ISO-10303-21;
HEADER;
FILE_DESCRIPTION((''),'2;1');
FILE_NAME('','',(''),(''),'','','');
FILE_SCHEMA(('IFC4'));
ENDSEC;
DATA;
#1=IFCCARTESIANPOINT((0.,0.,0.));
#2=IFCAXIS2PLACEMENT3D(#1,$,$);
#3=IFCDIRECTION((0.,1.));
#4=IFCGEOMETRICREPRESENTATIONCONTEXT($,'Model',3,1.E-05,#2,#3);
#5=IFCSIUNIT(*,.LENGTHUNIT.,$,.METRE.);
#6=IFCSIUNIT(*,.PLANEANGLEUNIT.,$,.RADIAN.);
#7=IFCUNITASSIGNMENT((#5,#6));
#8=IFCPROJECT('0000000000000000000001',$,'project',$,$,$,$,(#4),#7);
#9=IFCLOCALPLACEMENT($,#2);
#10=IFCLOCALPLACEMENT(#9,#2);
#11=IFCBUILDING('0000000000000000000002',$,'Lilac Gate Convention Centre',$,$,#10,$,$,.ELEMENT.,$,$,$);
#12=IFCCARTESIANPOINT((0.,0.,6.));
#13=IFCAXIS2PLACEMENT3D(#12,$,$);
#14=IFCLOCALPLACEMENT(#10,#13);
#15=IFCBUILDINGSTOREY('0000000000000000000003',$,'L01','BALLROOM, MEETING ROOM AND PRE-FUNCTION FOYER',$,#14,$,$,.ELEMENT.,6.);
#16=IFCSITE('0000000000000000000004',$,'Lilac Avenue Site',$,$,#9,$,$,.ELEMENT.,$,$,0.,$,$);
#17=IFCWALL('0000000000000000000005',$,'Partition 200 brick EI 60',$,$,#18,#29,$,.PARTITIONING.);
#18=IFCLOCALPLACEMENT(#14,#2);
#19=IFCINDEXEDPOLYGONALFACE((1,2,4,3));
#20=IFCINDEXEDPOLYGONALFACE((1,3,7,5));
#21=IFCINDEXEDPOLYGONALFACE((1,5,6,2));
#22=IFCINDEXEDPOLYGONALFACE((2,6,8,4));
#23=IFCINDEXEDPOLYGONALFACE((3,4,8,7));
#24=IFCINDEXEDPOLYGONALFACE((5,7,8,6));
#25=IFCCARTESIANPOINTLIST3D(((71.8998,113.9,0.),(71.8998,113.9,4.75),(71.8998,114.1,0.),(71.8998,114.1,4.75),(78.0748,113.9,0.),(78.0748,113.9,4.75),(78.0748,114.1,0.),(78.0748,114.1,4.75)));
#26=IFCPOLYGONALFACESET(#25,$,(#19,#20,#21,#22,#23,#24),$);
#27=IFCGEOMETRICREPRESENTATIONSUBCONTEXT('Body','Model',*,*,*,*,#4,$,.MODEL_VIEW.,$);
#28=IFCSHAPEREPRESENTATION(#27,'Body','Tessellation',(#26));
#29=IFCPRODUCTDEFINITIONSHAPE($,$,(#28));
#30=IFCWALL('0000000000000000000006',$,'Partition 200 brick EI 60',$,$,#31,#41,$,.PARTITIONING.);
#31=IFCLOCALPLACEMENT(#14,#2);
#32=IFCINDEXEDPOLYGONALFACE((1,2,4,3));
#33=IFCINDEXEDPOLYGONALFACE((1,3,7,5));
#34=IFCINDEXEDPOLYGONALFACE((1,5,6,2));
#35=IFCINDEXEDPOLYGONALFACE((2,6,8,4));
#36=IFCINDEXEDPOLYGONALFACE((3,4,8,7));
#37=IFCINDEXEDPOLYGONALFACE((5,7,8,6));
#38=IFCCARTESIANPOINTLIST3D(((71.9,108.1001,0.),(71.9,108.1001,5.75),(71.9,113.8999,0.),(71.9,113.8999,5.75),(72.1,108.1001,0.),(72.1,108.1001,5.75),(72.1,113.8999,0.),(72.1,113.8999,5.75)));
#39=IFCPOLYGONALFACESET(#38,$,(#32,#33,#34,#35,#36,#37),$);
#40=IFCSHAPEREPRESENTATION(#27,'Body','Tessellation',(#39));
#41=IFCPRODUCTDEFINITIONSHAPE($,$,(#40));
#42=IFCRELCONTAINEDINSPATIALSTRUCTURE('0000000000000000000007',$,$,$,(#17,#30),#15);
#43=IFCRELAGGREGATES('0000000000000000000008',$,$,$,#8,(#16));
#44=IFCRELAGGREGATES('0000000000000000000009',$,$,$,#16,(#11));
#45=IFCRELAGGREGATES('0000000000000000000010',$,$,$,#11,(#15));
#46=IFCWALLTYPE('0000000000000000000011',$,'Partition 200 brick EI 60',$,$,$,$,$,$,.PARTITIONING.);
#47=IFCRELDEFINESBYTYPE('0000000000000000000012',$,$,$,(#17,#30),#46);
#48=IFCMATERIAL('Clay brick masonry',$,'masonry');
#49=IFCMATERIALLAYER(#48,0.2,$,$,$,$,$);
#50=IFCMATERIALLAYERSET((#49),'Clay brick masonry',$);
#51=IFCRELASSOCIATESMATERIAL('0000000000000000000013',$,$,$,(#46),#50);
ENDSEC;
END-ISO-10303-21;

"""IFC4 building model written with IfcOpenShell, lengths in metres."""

from ifc_helpers import new_model, si_unit, direction, frame, frame_2d, origin, place, context, subcontext, project, spatial, rectangle, extrude, material, layer, layer_set, type_object, element, save


model = new_model("IFC4")

# Units and contexts
model_context = context("Model", 3, precision=1e-05, world=origin(), true_north=direction((0.0, 1.0)))
body_context = subcontext(model_context, "Body", "Model", "MODEL_VIEW")
ifc_project = project(units=[si_unit("LENGTHUNIT", "METRE"), si_unit("PLANEANGLEUNIT", "RADIAN")], contexts=[model_context])

# Site, building, storey
site_placement = place(None, origin())
site = spatial("IfcSite", under=ifc_project, at=site_placement, Name="Lilac Avenue Site", CompositionType="ELEMENT", RefElevation=0.0)
building_placement = place(site_placement, origin())
building = spatial("IfcBuilding", under=site, at=building_placement, Name="Lilac Gate Convention Centre", CompositionType="ELEMENT")
storey_placement = place(building_placement, frame((0.0, 0.0, 6.0)))
storey = spatial("IfcBuildingStorey", under=building, at=storey_placement, Name="L01", Description="BALLROOM, MEETING ROOM AND PRE-FUNCTION FOYER", CompositionType="ELEMENT", Elevation=6.0)

# Walls
ifc_material_1 = material(Name="Clay brick masonry", Category="masonry")
ifc_layer_1 = layer(ifc_material_1, 0.2)
ifc_layer_set_1 = layer_set([ifc_layer_1], Name="Clay brick masonry")
wall_type_1 = type_object("IfcWallType", Name="Partition 200 brick EI 60", PredefinedType="PARTITIONING", material=ifc_layer_set_1)
wall_1_placement = place(storey_placement, frame((71.8999, 114.0, 0.0), z_axis=(0.0, 0.0, 1.0), x_axis=(1.0, 0.0, 0.0)))
element("IfcWall", 1, at=wall_1_placement, inside=storey, type_object=wall_type_1, Name="Partition 200 brick EI 60", PredefinedType="PARTITIONING", context=body_context, shape_type="SweptSolid", body=[
    extrude(rectangle(XDim=6.175, YDim=0.2, at=frame_2d((3.0874, 0.0))), origin(), (0.0, 0.0, 1.0), 4.75),
])
wall_2_placement = place(storey_placement, frame((72.0, 108.1001, 0.0), z_axis=(0.0, 0.0, 1.0), x_axis=(0.0, 1.0, 0.0)))
element("IfcWall", 2, at=wall_2_placement, inside=storey, type_object=wall_type_1, Name="Partition 200 brick EI 60", PredefinedType="PARTITIONING", context=body_context, shape_type="SweptSolid", body=[
    extrude(rectangle(XDim=5.7998, YDim=0.2, at=frame_2d((2.8999, 0.0))), origin(), (0.0, 0.0, 1.0), 5.75),
])

save(model, "model.ifc")
